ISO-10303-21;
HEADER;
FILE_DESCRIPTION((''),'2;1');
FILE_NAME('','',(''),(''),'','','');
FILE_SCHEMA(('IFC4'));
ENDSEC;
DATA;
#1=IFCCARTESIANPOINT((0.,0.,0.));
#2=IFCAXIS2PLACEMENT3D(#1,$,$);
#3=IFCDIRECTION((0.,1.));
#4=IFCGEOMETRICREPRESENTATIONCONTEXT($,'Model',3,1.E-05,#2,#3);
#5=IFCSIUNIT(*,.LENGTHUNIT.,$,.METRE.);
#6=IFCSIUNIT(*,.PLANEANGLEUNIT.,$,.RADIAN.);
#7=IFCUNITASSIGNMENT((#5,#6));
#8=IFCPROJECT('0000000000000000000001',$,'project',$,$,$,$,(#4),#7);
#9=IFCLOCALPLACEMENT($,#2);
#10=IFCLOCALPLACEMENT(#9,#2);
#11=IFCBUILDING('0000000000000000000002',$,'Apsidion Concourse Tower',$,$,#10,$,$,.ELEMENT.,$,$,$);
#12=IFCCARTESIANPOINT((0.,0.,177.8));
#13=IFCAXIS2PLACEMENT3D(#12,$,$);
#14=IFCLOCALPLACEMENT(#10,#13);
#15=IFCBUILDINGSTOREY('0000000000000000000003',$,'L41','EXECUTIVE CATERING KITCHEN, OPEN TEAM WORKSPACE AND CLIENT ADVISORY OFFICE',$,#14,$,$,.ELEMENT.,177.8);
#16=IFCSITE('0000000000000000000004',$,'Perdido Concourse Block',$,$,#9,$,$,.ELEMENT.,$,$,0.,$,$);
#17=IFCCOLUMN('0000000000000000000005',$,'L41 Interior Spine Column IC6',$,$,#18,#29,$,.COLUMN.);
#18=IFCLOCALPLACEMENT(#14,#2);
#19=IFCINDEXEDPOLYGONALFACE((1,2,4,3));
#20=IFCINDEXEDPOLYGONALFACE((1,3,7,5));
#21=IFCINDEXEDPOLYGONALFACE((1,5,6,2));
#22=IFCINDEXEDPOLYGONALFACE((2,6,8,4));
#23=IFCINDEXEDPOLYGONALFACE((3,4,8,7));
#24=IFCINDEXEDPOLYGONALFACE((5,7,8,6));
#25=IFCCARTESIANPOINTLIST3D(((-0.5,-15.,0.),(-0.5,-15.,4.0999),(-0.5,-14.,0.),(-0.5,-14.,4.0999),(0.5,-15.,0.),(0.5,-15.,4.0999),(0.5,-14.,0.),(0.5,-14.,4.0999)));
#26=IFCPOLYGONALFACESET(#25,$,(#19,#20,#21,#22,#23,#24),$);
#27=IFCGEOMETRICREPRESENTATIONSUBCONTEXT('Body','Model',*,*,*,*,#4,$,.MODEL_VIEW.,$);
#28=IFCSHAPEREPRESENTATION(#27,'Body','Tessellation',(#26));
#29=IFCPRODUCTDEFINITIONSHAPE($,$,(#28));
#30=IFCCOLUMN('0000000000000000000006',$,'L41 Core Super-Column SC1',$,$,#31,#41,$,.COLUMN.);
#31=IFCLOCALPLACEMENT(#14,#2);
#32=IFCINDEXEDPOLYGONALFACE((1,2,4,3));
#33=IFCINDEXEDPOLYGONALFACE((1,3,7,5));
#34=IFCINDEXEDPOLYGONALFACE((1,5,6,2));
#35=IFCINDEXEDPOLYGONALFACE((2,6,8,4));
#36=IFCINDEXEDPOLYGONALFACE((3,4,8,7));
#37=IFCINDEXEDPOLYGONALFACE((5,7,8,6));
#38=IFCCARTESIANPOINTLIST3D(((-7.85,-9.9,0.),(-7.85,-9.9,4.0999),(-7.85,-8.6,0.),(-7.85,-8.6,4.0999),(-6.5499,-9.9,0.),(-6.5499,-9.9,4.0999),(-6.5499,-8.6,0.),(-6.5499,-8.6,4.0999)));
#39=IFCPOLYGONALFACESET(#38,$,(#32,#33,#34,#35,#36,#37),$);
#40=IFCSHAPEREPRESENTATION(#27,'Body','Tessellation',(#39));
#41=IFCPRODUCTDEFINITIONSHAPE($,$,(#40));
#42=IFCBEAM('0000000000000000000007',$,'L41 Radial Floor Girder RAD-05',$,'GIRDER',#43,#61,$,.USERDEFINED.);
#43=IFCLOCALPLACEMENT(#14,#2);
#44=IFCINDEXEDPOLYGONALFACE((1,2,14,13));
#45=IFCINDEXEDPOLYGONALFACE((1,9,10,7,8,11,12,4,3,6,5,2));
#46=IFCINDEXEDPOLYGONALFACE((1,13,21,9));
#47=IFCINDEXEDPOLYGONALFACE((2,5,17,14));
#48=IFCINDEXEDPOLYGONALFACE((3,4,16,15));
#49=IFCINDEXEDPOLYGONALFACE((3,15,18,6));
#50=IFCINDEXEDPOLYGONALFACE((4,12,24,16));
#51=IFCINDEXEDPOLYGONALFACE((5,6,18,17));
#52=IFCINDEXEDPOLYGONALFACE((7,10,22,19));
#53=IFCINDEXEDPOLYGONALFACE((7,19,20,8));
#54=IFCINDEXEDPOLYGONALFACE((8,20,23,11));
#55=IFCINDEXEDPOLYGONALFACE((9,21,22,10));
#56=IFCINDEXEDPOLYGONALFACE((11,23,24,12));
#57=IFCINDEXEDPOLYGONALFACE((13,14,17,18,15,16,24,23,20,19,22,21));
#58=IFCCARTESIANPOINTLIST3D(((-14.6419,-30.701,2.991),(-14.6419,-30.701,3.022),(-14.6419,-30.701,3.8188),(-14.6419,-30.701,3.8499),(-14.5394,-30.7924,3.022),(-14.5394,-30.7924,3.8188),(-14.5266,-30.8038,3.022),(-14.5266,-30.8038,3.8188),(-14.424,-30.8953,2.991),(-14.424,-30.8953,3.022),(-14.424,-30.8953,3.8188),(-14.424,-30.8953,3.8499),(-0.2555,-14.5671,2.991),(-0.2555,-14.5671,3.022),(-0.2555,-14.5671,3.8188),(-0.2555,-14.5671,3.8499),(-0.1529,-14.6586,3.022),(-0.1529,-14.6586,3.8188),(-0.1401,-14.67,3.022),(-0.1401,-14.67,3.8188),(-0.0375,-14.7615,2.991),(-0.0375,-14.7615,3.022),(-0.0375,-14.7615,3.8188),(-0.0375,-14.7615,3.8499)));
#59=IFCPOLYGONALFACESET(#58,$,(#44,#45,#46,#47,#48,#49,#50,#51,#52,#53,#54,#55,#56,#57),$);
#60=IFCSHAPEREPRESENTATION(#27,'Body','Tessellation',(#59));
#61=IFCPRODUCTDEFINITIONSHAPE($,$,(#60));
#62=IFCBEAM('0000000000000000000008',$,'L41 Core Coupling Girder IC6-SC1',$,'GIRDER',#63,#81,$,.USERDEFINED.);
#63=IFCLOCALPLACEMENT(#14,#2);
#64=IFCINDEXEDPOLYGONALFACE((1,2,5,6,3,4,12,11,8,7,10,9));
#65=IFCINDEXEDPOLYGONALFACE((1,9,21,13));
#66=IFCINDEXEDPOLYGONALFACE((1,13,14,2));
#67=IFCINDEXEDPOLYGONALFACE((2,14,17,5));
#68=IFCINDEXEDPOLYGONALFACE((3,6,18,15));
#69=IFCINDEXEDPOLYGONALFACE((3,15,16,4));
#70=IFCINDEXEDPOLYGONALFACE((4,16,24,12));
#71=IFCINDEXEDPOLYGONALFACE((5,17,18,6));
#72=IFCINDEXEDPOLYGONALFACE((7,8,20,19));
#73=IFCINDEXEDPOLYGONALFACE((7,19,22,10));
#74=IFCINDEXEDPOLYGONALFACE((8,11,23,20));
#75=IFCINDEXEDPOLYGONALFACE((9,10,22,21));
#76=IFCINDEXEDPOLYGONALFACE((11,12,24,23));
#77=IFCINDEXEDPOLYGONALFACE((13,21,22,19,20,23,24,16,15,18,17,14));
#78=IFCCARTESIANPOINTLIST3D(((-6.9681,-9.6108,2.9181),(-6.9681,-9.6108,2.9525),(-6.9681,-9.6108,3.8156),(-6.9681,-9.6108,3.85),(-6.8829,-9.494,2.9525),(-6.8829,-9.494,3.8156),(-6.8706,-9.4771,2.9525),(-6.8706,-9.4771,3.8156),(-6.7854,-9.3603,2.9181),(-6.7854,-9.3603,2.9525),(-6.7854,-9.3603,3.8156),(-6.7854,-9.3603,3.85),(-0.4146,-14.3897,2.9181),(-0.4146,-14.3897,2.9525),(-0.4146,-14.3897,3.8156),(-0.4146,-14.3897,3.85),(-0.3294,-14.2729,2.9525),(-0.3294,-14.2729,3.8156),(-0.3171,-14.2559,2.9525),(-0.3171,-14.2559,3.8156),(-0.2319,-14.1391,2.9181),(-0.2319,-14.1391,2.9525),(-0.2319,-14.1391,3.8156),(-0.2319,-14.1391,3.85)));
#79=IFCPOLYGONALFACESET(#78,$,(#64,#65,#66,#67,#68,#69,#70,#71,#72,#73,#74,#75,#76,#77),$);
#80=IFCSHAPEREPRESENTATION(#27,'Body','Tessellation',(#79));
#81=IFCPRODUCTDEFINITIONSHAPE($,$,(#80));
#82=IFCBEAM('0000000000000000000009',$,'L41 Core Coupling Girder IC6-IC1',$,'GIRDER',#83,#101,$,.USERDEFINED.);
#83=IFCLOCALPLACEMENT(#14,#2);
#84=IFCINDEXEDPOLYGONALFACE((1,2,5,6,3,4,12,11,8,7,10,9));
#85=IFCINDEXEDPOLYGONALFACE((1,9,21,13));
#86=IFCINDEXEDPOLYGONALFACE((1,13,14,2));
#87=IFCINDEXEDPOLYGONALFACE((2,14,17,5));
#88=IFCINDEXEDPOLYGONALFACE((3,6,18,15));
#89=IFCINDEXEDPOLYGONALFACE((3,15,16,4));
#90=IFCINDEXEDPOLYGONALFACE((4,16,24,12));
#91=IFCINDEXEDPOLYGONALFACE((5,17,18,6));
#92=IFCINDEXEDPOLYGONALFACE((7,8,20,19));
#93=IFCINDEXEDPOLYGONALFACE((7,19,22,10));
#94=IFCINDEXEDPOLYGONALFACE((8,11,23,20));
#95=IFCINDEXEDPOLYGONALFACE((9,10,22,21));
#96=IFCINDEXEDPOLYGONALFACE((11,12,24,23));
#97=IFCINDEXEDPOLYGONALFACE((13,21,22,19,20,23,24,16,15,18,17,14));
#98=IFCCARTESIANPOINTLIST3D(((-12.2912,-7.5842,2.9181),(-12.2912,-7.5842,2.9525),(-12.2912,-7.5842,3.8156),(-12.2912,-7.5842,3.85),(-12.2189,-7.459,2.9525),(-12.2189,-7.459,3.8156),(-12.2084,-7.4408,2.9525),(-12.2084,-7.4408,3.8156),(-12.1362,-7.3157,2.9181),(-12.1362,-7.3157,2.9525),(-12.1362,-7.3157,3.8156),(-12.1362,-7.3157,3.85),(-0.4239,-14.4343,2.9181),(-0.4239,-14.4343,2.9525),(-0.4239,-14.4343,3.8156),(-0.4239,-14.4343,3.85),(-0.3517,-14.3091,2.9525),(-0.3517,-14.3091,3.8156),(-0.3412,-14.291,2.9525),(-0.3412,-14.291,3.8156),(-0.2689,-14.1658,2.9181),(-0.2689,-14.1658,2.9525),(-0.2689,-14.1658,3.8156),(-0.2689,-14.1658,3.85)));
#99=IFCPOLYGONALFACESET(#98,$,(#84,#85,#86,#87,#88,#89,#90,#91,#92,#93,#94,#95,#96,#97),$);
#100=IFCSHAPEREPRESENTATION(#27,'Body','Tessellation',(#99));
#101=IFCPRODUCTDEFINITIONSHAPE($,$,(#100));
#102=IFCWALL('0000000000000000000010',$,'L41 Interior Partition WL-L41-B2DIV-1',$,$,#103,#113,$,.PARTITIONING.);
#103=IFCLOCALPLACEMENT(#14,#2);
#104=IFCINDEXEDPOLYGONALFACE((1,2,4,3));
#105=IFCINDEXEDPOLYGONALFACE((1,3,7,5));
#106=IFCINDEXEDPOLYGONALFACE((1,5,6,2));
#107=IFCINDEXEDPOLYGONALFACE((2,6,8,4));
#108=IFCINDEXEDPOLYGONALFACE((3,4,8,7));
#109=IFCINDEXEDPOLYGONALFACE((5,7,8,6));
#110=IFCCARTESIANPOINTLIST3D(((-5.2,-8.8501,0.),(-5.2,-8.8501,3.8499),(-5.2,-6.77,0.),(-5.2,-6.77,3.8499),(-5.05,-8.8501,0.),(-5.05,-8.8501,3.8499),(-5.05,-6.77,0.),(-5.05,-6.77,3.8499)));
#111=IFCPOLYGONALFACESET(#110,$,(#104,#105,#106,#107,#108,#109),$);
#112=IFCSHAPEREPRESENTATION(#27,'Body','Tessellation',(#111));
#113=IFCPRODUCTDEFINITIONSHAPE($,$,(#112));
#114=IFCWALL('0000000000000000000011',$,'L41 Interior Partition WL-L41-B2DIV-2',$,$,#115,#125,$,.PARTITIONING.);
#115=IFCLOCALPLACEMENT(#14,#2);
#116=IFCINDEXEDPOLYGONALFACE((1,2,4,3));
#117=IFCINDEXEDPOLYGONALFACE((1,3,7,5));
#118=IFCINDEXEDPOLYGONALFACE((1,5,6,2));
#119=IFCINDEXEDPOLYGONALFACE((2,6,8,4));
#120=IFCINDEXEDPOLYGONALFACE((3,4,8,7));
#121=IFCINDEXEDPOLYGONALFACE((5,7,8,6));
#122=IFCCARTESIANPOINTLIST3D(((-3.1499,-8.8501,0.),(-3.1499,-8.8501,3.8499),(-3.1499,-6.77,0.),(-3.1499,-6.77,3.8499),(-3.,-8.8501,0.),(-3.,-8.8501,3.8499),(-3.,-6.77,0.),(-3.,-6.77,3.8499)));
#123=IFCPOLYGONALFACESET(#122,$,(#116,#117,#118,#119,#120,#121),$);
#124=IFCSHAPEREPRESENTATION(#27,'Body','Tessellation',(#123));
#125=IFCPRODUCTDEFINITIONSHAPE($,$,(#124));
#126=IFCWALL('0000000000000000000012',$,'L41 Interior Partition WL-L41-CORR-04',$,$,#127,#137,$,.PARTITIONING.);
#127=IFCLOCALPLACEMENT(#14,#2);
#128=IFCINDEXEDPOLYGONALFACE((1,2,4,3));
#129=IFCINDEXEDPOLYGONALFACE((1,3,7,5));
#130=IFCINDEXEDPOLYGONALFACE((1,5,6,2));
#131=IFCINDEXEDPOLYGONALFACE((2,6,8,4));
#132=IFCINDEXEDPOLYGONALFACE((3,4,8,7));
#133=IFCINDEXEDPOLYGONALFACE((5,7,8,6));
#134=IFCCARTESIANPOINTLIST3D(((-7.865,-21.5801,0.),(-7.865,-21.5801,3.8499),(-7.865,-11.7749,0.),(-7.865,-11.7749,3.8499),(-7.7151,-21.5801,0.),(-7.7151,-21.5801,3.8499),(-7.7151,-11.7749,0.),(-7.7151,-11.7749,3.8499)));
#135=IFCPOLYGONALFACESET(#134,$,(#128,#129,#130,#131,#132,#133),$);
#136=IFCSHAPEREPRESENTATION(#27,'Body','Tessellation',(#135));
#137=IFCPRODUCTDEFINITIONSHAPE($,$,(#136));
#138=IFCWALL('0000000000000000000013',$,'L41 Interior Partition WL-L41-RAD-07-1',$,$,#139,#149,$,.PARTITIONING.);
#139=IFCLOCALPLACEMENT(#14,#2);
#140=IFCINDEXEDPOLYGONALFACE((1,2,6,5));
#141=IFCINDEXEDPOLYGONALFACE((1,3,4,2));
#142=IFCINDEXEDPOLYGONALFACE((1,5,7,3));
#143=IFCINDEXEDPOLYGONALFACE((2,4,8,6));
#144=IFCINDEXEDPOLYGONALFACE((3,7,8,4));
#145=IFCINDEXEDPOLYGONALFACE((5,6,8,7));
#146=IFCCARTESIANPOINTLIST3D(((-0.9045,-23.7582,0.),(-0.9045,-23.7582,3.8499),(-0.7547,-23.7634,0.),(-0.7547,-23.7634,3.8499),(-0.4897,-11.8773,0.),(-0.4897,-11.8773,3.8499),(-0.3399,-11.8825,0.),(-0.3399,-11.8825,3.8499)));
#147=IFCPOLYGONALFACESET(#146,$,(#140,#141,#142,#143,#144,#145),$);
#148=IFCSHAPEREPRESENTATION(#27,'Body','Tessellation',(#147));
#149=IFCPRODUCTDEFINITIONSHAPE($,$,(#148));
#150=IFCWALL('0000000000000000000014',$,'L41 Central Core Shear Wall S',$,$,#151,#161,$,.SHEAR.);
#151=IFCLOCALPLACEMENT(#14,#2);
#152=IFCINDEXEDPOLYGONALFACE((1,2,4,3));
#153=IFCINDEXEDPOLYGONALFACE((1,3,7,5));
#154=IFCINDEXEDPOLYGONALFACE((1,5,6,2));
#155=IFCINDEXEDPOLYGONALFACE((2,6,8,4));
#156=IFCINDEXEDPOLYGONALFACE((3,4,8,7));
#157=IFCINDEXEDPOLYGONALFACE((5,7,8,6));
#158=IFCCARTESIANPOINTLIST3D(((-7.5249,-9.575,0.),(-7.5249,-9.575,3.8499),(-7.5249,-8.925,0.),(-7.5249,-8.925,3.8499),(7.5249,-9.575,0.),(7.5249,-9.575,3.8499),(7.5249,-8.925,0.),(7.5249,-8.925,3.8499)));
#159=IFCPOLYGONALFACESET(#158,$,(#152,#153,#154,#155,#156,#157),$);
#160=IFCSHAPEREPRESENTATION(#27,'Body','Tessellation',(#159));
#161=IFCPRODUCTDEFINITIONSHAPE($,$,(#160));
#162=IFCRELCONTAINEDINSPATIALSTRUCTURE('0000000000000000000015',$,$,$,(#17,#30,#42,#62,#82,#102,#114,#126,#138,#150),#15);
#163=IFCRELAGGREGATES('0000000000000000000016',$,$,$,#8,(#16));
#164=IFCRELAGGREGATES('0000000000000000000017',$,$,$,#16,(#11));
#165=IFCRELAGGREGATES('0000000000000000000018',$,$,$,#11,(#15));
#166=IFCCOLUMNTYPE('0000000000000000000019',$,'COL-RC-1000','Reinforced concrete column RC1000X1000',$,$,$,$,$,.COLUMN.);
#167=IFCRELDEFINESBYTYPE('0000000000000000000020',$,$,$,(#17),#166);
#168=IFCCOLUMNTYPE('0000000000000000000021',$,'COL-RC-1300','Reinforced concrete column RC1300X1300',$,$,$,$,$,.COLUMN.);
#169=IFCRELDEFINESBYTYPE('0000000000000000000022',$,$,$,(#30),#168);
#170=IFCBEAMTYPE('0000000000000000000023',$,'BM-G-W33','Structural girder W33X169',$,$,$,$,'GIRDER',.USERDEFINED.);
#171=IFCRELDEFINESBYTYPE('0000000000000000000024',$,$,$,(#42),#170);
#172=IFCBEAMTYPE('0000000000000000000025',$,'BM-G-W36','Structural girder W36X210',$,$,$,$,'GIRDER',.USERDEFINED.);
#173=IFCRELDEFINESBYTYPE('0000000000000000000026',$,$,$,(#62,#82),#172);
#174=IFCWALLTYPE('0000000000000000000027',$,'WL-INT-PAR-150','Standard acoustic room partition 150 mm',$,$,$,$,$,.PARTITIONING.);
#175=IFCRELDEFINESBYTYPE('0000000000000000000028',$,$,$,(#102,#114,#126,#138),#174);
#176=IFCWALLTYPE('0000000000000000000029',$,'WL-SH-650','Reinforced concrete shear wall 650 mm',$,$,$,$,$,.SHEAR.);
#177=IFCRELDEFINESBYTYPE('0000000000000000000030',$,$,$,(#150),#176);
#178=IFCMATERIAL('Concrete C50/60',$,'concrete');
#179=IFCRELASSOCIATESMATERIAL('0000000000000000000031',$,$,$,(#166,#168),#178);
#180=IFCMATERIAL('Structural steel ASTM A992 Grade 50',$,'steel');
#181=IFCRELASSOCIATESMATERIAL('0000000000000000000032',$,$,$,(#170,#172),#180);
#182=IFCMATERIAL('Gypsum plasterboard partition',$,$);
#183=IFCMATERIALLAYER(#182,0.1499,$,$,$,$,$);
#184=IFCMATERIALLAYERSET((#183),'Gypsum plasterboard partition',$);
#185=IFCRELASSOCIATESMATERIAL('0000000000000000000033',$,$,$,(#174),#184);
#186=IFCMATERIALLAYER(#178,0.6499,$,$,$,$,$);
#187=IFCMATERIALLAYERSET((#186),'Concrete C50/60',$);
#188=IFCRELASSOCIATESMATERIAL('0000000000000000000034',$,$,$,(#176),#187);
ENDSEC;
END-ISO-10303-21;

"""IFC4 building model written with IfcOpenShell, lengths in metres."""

from ifc_helpers import new_model, si_unit, direction, frame, frame_2d, origin, origin_2d, place, context, subcontext, project, spatial, rectangle, i_section, extrude, material, layer, layer_set, material_profile, profile_set, type_object, element, save


model = new_model("IFC4")

# Units and contexts
model_context = context("Model", 3, precision=1e-05, world=origin(), true_north=direction((0.0, 1.0)))
body_context = subcontext(model_context, "Body", "Model", "MODEL_VIEW")
ifc_project = project(units=[si_unit("LENGTHUNIT", "METRE"), si_unit("PLANEANGLEUNIT", "RADIAN")], contexts=[model_context])

# Site, building, storey
site_placement = place(None, origin())
site = spatial("IfcSite", under=ifc_project, at=site_placement, Name="Perdido Concourse Block", CompositionType="ELEMENT", RefElevation=0.0)
building_placement = place(site_placement, origin())
building = spatial("IfcBuilding", under=site, at=building_placement, Name="Apsidion Concourse Tower", CompositionType="ELEMENT")
storey_placement = place(building_placement, frame((0.0, 0.0, 177.8)))
storey = spatial("IfcBuildingStorey", under=building, at=storey_placement, Name="L41", Description="EXECUTIVE CATERING KITCHEN, OPEN TEAM WORKSPACE AND CLIENT ADVISORY OFFICE", CompositionType="ELEMENT", Elevation=177.8)

# Columns
ifc_material_1 = material(Name="Concrete C50/60", Category="concrete")
ifc_material_profile_1 = material_profile(ifc_material_1, rectangle(XDim=1.0, YDim=1.0, at=origin_2d()), Name="RC 1000x1000")
ifc_profile_set_1 = profile_set([ifc_material_profile_1], Name="Concrete C50/60")
column_type_1 = type_object("IfcColumnType", Name="COL-RC-1000", Description="Reinforced concrete column RC1000X1000", PredefinedType="COLUMN", material=ifc_profile_set_1)
column_1_placement = place(storey_placement, frame((0.0, -14.5, 0.0), z_axis=(0.0, 0.0, 1.0), x_axis=(1.0, 0.0, 0.0)))
element("IfcColumn", 1, at=column_1_placement, inside=storey, type_object=column_type_1, Name="L41 Interior Spine Column IC6", PredefinedType="COLUMN", context=body_context, shape_type="SweptSolid", body=[
    extrude(rectangle(XDim=1.0, YDim=1.0, at=origin_2d()), origin(), (0.0, 0.0, 1.0), 4.0999),
])
ifc_material_profile_2 = material_profile(ifc_material_1, rectangle(XDim=1.3, YDim=1.3, at=origin_2d()), Name="RC 1300x1300")
ifc_profile_set_2 = profile_set([ifc_material_profile_2], Name="Concrete C50/60")
column_type_2 = type_object("IfcColumnType", Name="COL-RC-1300", Description="Reinforced concrete column RC1300X1300", PredefinedType="COLUMN", material=ifc_profile_set_2)
column_2_placement = place(storey_placement, frame((-7.2, -9.25, 0.0), z_axis=(0.0, 0.0, 1.0), x_axis=(1.0, 0.0, 0.0)))
element("IfcColumn", 2, at=column_2_placement, inside=storey, type_object=column_type_2, Name="L41 Core Super-Column SC1", PredefinedType="COLUMN", context=body_context, shape_type="SweptSolid", body=[
    extrude(rectangle(XDim=1.3, YDim=1.3, at=origin_2d()), origin(), (0.0, 0.0, 1.0), 4.0999),
])

# Beams
ifc_material_2 = material(Name="Structural steel ASTM A992 Grade 50", Category="steel")
ifc_material_profile_3 = material_profile(ifc_material_2, i_section(OverallWidth=0.292, OverallDepth=0.8589, WebThickness=0.0171, FlangeThickness=0.031, at=origin_2d()), Name="W33X169")
ifc_profile_set_3 = profile_set([ifc_material_profile_3], Name="Structural steel ASTM A992 Grade 50")
beam_type_1 = type_object("IfcBeamType", Name="BM-G-W33", Description="Structural girder W33X169", ElementType="GIRDER", PredefinedType="USERDEFINED", material=ifc_profile_set_3)
beam_1_placement = place(storey_placement, frame((-0.1465, -14.6643, 3.4204), z_axis=(-0.665534, -0.746367, 0.0), x_axis=(0.746367, -0.665534, 0.0)))
element("IfcBeam", 3, at=beam_1_placement, inside=storey, type_object=beam_type_1, Name="L41 Radial Floor Girder RAD-05", ObjectType="GIRDER", PredefinedType="USERDEFINED", context=body_context, shape_type="SweptSolid", body=[
    extrude(i_section(OverallWidth=0.292, OverallDepth=0.8589, WebThickness=0.0171, FlangeThickness=0.031, at=origin_2d()), origin(), (0.0, 0.0, 1.0), 21.6165),
])
ifc_material_profile_4 = material_profile(ifc_material_2, i_section(OverallWidth=0.3101, OverallDepth=0.9319, WebThickness=0.021, FlangeThickness=0.0344, at=origin_2d()), Name="W36X210")
ifc_profile_set_4 = profile_set([ifc_material_profile_4], Name="Structural steel ASTM A992 Grade 50")
beam_type_2 = type_object("IfcBeamType", Name="BM-G-W36", Description="Structural girder W36X210", ElementType="GIRDER", PredefinedType="USERDEFINED", material=ifc_profile_set_4)
beam_2_placement = place(storey_placement, frame((-0.3232, -14.2644, 3.384), z_axis=(-0.807993, 0.589191, 0.0), x_axis=(-0.589191, -0.807993, 0.0)))
element("IfcBeam", 4, at=beam_2_placement, inside=storey, type_object=beam_type_2, Name="L41 Core Coupling Girder IC6-SC1", ObjectType="GIRDER", PredefinedType="USERDEFINED", context=body_context, shape_type="SweptSolid", body=[
    extrude(i_section(OverallWidth=0.3101, OverallDepth=0.9319, WebThickness=0.021, FlangeThickness=0.0344, at=origin_2d()), origin(), (0.0, 0.0, 1.0), 8.1108),
])
beam_3_placement = place(storey_placement, frame((-0.3464, -14.3, 3.384), z_axis=(-0.86607, 0.499922, 0.0), x_axis=(-0.499922, -0.86607, 0.0)))
element("IfcBeam", 5, at=beam_3_placement, inside=storey, type_object=beam_type_2, Name="L41 Core Coupling Girder IC6-IC1", ObjectType="GIRDER", PredefinedType="USERDEFINED", context=body_context, shape_type="SweptSolid", body=[
    extrude(i_section(OverallWidth=0.3101, OverallDepth=0.9319, WebThickness=0.021, FlangeThickness=0.0344, at=origin_2d()), origin(), (0.0, 0.0, 1.0), 13.7024),
])

# Walls
ifc_material_3 = material(Name="Gypsum plasterboard partition")
ifc_layer_1 = layer(ifc_material_3, 0.1499)
ifc_layer_set_1 = layer_set([ifc_layer_1], Name="Gypsum plasterboard partition")
wall_type_1 = type_object("IfcWallType", Name="WL-INT-PAR-150", Description="Standard acoustic room partition 150 mm", PredefinedType="PARTITIONING", material=ifc_layer_set_1)
for number, where, z_axis, x_axis, name in (
    (6, (-5.125, -8.8501, 0.0), (0.0, 0.0, 1.0), (0.0, 1.0, 0.0), "L41 Interior Partition WL-L41-B2DIV-1"),
    (7, (-3.075, -8.8501, 0.0), (0.0, 0.0, 1.0), (0.0, 1.0, 0.0), "L41 Interior Partition WL-L41-B2DIV-2"),
):
    element("IfcWall", number, at=place(storey_placement, frame(where, z_axis=z_axis, x_axis=x_axis)), inside=storey, type_object=wall_type_1, Name=name, PredefinedType="PARTITIONING", context=body_context, shape_type="SweptSolid", body=[
        extrude(rectangle(XDim=2.0801, YDim=0.1499, at=frame_2d((1.04, 0.0))), origin(), (0.0, 0.0, 1.0), 3.8499),
    ])
wall_1_placement = place(storey_placement, frame((-7.79, -11.7749, 0.0), z_axis=(0.0, 0.0, 1.0), x_axis=(0.0, -1.0, 0.0)))
element("IfcWall", 8, at=wall_1_placement, inside=storey, type_object=wall_type_1, Name="L41 Interior Partition WL-L41-CORR-04", PredefinedType="PARTITIONING", context=body_context, shape_type="SweptSolid", body=[
    extrude(rectangle(XDim=9.8052, YDim=0.1499, at=frame_2d((4.9026, 0.0))), origin(), (0.0, 0.0, 1.0), 3.8499),
])
wall_2_placement = place(storey_placement, frame((-0.4148, -11.8799, 0.0), z_axis=(0.0, 0.0, 1.0), x_axis=(-0.034892, -0.999391, 0.0)))
element("IfcWall", 9, at=wall_2_placement, inside=storey, type_object=wall_type_1, Name="L41 Interior Partition WL-L41-RAD-07-1", PredefinedType="PARTITIONING", context=body_context, shape_type="SweptSolid", body=[
    extrude(rectangle(XDim=11.8882, YDim=0.1499, at=frame_2d((5.9441, 0.0))), origin(), (0.0, 0.0, 1.0), 3.8499),
])

# Shared definitions
ifc_layer_2 = layer(ifc_material_1, 0.6499)
ifc_layer_set_2 = layer_set([ifc_layer_2], Name="Concrete C50/60")
wall_type_2 = type_object("IfcWallType", Name="WL-SH-650", Description="Reinforced concrete shear wall 650 mm", PredefinedType="SHEAR", material=ifc_layer_set_2)

# Wall
wall_3_placement = place(storey_placement, frame((-7.5249, -9.25, 0.0), z_axis=(0.0, 0.0, 1.0), x_axis=(1.0, 0.0, 0.0)))
element("IfcWall", 10, at=wall_3_placement, inside=storey, type_object=wall_type_2, Name="L41 Central Core Shear Wall S", PredefinedType="SHEAR", context=body_context, shape_type="SweptSolid", body=[
    extrude(rectangle(XDim=15.0498, YDim=0.6499, at=frame_2d((7.5249, 0.0))), origin(), (0.0, 0.0, 1.0), 3.8499),
])

save(model, "model.ifc")
